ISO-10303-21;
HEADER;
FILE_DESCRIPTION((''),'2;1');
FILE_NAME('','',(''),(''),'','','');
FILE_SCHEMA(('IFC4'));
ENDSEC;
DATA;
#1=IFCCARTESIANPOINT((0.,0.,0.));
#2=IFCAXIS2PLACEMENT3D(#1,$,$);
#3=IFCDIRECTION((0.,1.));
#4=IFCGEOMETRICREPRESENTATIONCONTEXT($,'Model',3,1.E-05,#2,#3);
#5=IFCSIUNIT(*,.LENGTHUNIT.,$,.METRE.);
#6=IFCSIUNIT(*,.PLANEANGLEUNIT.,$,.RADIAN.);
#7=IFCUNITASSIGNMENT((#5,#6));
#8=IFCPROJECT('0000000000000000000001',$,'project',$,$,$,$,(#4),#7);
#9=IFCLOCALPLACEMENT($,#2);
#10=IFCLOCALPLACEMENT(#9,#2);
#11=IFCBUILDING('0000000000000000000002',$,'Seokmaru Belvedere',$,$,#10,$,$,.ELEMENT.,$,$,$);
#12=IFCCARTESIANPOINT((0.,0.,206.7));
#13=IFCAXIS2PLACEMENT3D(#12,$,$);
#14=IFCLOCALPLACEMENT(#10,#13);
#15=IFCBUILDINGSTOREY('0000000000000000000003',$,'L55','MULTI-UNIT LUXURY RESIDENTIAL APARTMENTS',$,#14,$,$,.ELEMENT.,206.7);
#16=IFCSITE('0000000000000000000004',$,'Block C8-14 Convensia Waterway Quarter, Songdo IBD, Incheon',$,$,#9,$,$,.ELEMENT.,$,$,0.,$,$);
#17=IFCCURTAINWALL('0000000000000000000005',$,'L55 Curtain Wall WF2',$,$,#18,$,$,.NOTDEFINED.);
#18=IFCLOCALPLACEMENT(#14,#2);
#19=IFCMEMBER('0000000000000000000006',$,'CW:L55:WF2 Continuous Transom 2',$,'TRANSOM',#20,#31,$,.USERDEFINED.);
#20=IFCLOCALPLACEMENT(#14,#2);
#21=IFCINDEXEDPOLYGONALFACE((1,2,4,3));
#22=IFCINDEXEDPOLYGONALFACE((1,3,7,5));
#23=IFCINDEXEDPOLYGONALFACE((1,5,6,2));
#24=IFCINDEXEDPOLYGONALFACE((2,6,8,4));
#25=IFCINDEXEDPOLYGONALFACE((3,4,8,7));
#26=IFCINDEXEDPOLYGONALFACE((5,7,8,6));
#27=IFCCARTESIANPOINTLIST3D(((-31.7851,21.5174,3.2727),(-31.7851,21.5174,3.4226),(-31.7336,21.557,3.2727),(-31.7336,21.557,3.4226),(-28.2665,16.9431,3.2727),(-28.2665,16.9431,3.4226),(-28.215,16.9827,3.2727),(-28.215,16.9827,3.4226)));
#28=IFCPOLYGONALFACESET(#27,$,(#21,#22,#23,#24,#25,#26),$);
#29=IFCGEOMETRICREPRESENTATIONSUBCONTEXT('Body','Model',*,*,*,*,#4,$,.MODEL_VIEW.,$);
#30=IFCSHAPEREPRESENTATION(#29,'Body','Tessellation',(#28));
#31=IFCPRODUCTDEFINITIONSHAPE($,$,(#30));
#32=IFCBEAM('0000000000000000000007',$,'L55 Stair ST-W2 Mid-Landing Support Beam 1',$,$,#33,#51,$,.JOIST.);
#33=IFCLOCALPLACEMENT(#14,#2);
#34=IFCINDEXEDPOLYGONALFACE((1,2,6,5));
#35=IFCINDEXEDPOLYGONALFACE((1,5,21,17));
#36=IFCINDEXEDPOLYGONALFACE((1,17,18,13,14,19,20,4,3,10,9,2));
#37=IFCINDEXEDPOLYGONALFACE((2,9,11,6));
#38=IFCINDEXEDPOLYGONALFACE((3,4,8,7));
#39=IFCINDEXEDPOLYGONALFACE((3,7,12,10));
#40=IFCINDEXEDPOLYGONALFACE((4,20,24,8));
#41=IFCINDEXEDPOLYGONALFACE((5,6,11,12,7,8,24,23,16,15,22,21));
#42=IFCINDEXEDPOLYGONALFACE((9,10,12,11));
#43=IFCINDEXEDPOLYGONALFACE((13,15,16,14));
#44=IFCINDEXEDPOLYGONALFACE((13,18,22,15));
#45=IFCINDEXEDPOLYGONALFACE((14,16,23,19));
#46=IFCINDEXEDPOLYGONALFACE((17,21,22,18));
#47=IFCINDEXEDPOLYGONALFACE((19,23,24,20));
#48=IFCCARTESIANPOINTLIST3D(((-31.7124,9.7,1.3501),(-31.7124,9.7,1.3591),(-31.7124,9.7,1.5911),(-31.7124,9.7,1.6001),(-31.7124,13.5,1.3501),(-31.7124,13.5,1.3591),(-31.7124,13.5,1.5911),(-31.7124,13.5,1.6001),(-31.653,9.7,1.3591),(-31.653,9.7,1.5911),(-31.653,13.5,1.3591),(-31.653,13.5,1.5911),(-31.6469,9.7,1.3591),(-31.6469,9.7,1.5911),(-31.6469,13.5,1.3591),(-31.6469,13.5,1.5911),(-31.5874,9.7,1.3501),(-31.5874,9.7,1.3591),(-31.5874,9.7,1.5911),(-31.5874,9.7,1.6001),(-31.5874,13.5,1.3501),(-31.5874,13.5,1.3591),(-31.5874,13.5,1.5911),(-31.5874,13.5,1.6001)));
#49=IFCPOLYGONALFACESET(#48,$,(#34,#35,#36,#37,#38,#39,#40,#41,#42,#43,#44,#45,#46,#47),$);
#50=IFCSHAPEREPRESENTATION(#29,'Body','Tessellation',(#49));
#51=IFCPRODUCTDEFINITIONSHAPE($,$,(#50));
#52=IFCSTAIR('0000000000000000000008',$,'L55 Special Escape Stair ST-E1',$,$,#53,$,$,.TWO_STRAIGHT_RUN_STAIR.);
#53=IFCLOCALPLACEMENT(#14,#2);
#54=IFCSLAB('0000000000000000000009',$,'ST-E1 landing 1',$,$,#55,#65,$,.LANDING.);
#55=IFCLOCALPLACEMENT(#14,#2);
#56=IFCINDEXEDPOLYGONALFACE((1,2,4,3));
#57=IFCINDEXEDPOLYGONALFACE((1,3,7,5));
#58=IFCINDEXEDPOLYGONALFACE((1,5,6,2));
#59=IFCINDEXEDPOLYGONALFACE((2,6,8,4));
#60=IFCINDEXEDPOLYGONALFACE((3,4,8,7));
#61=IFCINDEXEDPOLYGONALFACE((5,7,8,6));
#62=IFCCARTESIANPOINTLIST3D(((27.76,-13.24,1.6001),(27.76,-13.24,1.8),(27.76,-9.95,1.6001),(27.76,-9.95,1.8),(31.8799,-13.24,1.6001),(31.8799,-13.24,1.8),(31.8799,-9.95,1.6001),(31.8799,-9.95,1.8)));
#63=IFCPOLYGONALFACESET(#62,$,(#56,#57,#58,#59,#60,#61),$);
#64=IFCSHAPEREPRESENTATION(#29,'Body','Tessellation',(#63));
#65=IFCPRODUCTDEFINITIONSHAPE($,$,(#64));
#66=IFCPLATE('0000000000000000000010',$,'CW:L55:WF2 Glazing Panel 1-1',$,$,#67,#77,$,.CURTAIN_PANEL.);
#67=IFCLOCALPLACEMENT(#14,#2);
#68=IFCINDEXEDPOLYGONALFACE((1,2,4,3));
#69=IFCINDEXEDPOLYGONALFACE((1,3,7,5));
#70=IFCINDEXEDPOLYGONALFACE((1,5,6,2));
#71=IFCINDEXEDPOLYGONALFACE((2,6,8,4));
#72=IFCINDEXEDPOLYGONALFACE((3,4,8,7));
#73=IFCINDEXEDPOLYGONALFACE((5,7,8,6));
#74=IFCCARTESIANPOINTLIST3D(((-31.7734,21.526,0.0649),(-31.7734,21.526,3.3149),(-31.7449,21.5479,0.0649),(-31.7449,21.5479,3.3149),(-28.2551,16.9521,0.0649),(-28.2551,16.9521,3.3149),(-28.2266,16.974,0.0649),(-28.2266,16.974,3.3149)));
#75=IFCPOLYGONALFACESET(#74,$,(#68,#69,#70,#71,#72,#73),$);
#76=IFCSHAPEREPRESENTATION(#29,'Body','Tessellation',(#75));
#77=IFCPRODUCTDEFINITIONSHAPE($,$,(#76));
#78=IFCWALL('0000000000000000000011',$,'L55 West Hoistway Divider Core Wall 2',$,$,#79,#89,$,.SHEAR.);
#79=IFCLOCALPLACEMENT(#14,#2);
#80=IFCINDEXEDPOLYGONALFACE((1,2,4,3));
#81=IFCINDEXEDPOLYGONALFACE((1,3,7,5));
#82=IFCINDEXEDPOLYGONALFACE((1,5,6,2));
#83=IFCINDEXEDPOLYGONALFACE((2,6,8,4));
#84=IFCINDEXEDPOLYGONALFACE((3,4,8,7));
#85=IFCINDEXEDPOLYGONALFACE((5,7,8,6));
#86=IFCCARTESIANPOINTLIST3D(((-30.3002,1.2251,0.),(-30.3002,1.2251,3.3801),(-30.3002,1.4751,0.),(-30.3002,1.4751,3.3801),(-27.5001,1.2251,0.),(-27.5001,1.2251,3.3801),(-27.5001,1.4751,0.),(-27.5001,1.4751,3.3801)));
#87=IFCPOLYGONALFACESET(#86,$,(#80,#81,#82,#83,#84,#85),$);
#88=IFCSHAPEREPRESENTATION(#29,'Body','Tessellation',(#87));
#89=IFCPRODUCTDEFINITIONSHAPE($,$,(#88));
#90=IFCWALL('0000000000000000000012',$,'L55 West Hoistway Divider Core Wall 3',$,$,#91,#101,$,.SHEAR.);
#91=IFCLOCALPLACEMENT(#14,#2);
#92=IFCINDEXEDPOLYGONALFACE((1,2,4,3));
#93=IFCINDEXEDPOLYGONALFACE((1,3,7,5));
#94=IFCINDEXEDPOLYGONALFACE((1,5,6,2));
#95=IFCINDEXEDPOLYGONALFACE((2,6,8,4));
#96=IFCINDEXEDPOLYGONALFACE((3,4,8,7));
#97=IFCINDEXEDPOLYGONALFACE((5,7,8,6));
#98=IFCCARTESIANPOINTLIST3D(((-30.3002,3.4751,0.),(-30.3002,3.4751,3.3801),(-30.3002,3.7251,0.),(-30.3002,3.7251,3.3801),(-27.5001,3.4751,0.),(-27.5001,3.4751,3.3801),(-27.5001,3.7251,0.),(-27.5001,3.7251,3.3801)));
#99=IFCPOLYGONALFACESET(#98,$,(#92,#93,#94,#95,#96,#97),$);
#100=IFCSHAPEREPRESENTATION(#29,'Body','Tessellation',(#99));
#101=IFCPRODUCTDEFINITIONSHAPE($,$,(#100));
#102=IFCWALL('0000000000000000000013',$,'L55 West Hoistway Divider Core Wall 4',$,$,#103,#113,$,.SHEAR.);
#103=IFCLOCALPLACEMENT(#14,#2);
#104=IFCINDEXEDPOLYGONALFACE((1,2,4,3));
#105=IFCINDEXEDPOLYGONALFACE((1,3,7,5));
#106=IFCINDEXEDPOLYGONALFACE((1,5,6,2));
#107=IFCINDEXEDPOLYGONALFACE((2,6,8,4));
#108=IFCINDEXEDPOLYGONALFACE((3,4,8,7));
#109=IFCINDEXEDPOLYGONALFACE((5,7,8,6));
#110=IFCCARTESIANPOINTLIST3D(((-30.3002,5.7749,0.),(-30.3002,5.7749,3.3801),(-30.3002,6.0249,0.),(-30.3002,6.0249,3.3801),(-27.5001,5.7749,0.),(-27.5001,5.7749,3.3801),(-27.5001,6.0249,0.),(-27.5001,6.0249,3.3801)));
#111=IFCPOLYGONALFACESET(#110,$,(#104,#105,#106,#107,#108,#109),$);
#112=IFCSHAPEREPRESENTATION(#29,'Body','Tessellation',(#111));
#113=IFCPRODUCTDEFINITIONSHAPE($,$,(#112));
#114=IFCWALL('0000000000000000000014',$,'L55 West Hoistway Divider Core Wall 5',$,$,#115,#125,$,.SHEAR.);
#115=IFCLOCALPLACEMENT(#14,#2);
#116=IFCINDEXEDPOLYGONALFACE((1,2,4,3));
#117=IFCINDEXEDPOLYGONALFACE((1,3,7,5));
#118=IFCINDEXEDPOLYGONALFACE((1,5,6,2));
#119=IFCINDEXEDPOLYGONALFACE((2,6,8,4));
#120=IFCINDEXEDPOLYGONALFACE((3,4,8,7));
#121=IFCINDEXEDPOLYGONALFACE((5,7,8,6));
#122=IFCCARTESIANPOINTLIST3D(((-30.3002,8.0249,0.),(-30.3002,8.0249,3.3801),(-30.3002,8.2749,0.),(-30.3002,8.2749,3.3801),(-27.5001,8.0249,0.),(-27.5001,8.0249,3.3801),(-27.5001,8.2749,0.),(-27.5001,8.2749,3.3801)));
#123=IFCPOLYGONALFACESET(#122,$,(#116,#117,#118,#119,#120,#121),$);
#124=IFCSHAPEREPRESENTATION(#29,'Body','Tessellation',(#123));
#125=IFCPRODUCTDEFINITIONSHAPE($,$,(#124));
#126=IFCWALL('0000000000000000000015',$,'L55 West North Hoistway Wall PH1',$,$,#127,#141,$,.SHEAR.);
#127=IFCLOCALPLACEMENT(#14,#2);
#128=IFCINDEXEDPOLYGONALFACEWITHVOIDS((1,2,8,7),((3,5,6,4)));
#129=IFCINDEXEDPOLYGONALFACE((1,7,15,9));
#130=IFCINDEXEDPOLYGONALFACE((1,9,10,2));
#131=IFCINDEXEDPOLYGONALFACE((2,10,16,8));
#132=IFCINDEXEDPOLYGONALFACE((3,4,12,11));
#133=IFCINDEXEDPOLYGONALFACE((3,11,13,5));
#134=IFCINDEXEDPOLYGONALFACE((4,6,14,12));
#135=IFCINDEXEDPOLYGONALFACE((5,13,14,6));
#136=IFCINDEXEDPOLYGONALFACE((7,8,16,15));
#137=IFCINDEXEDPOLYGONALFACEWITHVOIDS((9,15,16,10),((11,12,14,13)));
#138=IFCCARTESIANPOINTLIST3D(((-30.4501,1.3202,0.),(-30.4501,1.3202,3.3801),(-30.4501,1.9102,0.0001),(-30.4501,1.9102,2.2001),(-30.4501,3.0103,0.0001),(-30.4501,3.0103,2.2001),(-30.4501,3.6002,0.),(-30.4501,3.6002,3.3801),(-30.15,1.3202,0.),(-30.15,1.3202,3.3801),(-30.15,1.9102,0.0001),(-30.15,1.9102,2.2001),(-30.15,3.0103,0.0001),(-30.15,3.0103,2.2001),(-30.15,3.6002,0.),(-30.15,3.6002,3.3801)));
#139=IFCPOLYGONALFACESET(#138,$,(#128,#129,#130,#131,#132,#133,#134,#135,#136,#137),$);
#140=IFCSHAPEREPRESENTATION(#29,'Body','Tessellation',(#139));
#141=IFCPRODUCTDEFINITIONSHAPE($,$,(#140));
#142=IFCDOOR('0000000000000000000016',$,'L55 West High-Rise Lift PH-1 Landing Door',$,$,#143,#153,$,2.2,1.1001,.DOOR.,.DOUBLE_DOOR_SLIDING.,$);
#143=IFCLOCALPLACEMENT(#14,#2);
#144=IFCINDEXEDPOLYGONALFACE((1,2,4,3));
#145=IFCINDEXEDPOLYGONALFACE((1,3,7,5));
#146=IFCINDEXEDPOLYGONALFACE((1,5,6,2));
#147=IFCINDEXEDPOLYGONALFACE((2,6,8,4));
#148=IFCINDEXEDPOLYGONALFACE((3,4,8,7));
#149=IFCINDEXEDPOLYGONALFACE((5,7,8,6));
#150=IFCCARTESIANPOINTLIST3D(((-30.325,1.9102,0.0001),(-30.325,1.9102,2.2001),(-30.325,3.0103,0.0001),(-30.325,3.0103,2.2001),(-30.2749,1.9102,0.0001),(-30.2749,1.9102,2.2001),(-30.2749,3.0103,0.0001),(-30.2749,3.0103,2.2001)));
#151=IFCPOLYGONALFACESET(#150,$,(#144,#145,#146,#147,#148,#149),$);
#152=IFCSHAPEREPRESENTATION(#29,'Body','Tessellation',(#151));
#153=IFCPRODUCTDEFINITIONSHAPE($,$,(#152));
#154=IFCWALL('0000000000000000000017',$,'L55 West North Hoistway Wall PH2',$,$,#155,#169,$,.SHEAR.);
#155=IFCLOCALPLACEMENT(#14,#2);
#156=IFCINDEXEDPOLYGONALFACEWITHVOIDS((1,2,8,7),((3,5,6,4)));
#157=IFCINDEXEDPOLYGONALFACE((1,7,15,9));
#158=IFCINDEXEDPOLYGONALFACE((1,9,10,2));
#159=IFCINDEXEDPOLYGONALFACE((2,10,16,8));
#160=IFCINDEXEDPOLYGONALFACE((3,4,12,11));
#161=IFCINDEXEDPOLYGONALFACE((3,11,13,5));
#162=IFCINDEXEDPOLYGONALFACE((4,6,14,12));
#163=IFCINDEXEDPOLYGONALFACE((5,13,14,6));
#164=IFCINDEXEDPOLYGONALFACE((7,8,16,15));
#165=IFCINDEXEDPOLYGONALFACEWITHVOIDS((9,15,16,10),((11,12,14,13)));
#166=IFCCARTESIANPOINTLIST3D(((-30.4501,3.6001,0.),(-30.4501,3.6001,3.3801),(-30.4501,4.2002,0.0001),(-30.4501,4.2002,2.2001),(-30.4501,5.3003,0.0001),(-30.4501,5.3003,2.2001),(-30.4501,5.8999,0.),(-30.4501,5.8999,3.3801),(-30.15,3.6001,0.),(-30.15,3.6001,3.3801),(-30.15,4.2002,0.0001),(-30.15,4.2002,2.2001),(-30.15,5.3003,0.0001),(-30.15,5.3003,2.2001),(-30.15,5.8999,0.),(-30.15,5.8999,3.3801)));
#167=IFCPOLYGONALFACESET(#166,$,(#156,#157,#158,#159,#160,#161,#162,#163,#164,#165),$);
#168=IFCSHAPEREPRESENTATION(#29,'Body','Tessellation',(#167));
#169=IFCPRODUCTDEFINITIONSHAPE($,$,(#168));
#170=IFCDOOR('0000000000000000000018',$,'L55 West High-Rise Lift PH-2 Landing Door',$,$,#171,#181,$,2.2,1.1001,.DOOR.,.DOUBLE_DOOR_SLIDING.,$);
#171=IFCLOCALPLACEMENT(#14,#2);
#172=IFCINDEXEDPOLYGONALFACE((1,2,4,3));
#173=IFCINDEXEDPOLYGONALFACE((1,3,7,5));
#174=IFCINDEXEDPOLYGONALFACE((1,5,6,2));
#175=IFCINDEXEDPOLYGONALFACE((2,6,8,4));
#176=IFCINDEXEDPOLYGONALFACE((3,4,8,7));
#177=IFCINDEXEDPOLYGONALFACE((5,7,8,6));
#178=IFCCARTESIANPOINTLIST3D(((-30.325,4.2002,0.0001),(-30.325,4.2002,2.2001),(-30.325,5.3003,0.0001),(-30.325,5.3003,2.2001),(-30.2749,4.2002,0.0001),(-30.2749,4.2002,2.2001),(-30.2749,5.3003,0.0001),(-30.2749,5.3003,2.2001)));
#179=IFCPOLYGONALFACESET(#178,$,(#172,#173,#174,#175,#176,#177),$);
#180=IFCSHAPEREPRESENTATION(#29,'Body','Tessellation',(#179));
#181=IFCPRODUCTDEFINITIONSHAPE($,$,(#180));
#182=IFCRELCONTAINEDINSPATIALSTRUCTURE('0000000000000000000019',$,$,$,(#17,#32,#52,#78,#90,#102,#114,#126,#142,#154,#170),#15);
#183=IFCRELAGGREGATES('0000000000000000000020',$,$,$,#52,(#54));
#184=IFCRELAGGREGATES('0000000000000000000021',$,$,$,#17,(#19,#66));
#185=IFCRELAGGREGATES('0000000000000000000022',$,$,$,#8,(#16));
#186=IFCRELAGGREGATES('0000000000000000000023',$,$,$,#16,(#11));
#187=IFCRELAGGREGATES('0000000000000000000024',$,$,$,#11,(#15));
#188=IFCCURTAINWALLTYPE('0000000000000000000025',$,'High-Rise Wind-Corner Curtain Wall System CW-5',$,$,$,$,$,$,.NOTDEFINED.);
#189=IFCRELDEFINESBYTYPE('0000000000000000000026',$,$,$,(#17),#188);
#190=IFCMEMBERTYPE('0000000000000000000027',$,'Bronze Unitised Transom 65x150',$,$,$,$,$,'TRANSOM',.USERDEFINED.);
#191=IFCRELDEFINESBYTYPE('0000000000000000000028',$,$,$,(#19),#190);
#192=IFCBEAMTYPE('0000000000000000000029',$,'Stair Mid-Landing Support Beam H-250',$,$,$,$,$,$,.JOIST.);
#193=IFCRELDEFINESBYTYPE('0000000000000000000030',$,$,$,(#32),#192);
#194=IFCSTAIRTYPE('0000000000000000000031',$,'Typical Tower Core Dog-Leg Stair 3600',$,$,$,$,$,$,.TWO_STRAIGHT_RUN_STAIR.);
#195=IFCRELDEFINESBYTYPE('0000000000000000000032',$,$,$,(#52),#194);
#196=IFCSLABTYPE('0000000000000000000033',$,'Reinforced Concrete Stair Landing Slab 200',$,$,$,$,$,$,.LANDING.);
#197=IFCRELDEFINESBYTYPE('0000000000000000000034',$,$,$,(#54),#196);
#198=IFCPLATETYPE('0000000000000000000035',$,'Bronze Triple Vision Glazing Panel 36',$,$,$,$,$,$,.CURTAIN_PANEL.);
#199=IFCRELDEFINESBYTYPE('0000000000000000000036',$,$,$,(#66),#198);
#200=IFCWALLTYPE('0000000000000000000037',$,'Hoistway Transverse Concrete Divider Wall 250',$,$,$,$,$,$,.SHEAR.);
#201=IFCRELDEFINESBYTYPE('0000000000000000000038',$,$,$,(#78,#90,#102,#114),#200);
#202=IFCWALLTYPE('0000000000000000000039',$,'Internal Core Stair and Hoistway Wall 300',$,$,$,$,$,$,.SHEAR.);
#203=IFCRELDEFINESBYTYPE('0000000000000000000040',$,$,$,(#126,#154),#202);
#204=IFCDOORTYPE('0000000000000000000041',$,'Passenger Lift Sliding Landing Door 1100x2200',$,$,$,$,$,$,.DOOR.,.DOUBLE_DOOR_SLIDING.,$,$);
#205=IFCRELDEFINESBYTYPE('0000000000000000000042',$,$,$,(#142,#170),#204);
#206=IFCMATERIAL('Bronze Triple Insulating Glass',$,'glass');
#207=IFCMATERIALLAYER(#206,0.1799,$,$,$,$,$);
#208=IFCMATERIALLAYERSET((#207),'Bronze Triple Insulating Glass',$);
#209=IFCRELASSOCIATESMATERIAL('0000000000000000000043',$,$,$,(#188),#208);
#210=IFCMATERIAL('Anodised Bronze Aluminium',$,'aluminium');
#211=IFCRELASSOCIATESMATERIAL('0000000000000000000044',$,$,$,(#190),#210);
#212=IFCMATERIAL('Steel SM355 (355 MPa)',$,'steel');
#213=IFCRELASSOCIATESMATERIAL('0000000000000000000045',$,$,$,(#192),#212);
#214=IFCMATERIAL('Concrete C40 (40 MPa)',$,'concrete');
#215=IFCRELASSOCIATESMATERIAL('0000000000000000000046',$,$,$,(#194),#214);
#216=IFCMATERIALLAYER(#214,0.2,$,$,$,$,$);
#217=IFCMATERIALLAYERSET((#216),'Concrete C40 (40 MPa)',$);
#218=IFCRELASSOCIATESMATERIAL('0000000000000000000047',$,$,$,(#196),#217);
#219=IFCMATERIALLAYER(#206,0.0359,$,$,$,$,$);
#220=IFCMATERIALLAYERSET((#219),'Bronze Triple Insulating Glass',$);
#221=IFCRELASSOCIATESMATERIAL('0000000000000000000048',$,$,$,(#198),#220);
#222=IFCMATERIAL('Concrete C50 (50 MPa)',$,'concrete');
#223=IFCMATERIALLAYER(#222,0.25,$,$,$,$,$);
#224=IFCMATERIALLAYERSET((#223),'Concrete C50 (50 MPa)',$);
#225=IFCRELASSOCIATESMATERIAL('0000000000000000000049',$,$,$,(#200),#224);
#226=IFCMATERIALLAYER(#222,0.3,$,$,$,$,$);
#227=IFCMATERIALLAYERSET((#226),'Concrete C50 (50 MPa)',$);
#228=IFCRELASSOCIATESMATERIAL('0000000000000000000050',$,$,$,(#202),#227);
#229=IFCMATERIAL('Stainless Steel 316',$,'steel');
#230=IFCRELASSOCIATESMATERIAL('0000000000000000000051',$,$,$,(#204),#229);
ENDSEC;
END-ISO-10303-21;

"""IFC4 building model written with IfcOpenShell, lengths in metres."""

from ifc_helpers import new_model, si_unit, direction, frame, frame_2d, origin, origin_2d, place, context, subcontext, project, spatial, polyline, rectangle, i_section, outline, extrude, source, transform, mapped, material, layer, layer_set, material_profile, profile_set, type_object, type_shapes, element, fill, aggregate, save


model = new_model("IFC4")

# Units and contexts
model_context = context("Model", 3, precision=1e-05, world=origin(), true_north=direction((0.0, 1.0)))
body_context = subcontext(model_context, "Body", "Model", "MODEL_VIEW")
ifc_project = project(units=[si_unit("LENGTHUNIT", "METRE"), si_unit("PLANEANGLEUNIT", "RADIAN")], contexts=[model_context])

# Site, building, storey
site_placement = place(None, origin())
site = spatial("IfcSite", under=ifc_project, at=site_placement, Name="Block C8-14 Convensia Waterway Quarter, Songdo IBD, Incheon", CompositionType="ELEMENT", RefElevation=0.0)
building_placement = place(site_placement, origin())
building = spatial("IfcBuilding", under=site, at=building_placement, Name="Seokmaru Belvedere", CompositionType="ELEMENT")
storey_placement = place(building_placement, frame((0.0, 0.0, 206.7)))
storey = spatial("IfcBuildingStorey", under=building, at=storey_placement, Name="L55", Description="MULTI-UNIT LUXURY RESIDENTIAL APARTMENTS", CompositionType="ELEMENT", Elevation=206.7)

# Shared definitions
ifc_material_1 = material(Name="Steel SM355 (355 MPa)", Category="steel")

# Curtain wall, member
ifc_material_2 = material(Name="Bronze Triple Insulating Glass", Category="glass")
ifc_layer_1 = layer(ifc_material_2, 0.1799)
ifc_layer_set_1 = layer_set([ifc_layer_1], Name="Bronze Triple Insulating Glass")
curtain_wall_type = type_object("IfcCurtainWallType", Name="High-Rise Wind-Corner Curtain Wall System CW-5", PredefinedType="NOTDEFINED", material=ifc_layer_set_1)
curtain_wall_placement = place(storey_placement, origin())
curtain_wall = element("IfcCurtainWall", 1, at=curtain_wall_placement, inside=storey, type_object=curtain_wall_type, Name="L55 Curtain Wall WF2", PredefinedType="NOTDEFINED")
ifc_material_3 = material(Name="Anodised Bronze Aluminium", Category="aluminium")
ifc_material_profile_1 = material_profile(ifc_material_3, rectangle(XDim=0.0649, YDim=0.1499, at=origin_2d()), Name="CW-T-65x150")
ifc_profile_set_1 = profile_set([ifc_material_profile_1], Name="Anodised Bronze Aluminium")
member_type_1 = type_object("IfcMemberType", Name="Bronze Unitised Transom 65x150", ElementType="TRANSOM", PredefinedType="USERDEFINED", material=ifc_profile_set_1)
shared_shape_1 = source(origin(), body_context, "Body", "SweptSolid", [
    extrude(rectangle(XDim=0.0649, YDim=0.1499, at=origin_2d()), origin(), (0.0, 0.0, 1.0), 5.771),
])
type_shapes(member_type_1, [shared_shape_1])
member_1_placement = place(storey_placement, frame((-28.2407, 16.9629, 3.3477), z_axis=(-0.609703, 0.79263, 0.0), x_axis=(-0.79263, -0.609703, 0.0)))
member_1 = element("IfcMember", 2, at=member_1_placement, type_object=member_type_1, Name="CW:L55:WF2 Continuous Transom 2", ObjectType="TRANSOM", PredefinedType="USERDEFINED", context=body_context, shape_type="MappedRepresentation", body=[
    mapped(shared_shape_1, transform((0.0, 0.0, 0.0), scale=1.0)),
])

# Beam
ifc_material_profile_2 = material_profile(ifc_material_1, i_section(OverallWidth=0.125, OverallDepth=0.25, WebThickness=0.0061, FlangeThickness=0.009, at=origin_2d()), Name="H-250x125x6x9")
ifc_profile_set_2 = profile_set([ifc_material_profile_2], Name="Steel SM355 (355 MPa)")
beam_type_1 = type_object("IfcBeamType", Name="Stair Mid-Landing Support Beam H-250", PredefinedType="JOIST", material=ifc_profile_set_2)
shared_shape_2 = source(origin(), body_context, "Body", "SweptSolid", [
    extrude(i_section(OverallWidth=0.125, OverallDepth=0.25, WebThickness=0.0061, FlangeThickness=0.009, at=origin_2d()), origin(), (0.0, 0.0, 1.0), 3.8),
])
type_shapes(beam_type_1, [shared_shape_2])
beam_1_placement = place(storey_placement, frame((-31.6499, 9.7, 1.4751), z_axis=(0.0, 1.0, 0.0), x_axis=(-1.0, 0.0, 0.0)))
element("IfcBeam", 3, at=beam_1_placement, inside=storey, type_object=beam_type_1, Name="L55 Stair ST-W2 Mid-Landing Support Beam 1", PredefinedType="JOIST", context=body_context, shape_type="MappedRepresentation", body=[
    mapped(shared_shape_2, transform((0.0, 0.0, 0.0), scale=1.0)),
])

# Stair, slab
ifc_material_4 = material(Name="Concrete C40 (40 MPa)", Category="concrete")
stair_type = type_object("IfcStairType", Name="Typical Tower Core Dog-Leg Stair 3600", PredefinedType="TWO_STRAIGHT_RUN_STAIR", material=ifc_material_4)
stair_placement = place(storey_placement, origin())
stair = element("IfcStair", 4, at=stair_placement, inside=storey, type_object=stair_type, Name="L55 Special Escape Stair ST-E1", PredefinedType="TWO_STRAIGHT_RUN_STAIR")
ifc_layer_2 = layer(ifc_material_4, 0.2)
ifc_layer_set_2 = layer_set([ifc_layer_2], Name="Concrete C40 (40 MPa)")
slab_type = type_object("IfcSlabType", Name="Reinforced Concrete Stair Landing Slab 200", PredefinedType="LANDING", material=ifc_layer_set_2)
slab_placement = place(storey_placement, frame((0.0, 0.0, 1.6001)))
slab = element("IfcSlab", 5, at=slab_placement, type_object=slab_type, Name="ST-E1 landing 1", PredefinedType="LANDING", context=body_context, shape_type="SweptSolid", body=[
    extrude(outline(polyline([(27.76, -13.24), (31.8799, -13.24), (31.8799, -9.95), (27.76, -9.95), (27.76, -13.24)])), origin(), (0.0, 0.0, 1.0), 0.2),
])
aggregate(stair, [slab])

# Plate
ifc_layer_3 = layer(ifc_material_2, 0.0359)
ifc_layer_set_3 = layer_set([ifc_layer_3], Name="Bronze Triple Insulating Glass")
plate_type = type_object("IfcPlateType", Name="Bronze Triple Vision Glazing Panel 36", PredefinedType="CURTAIN_PANEL", material=ifc_layer_set_3)
shared_shape_3 = source(origin(), body_context, "Body", "SweptSolid", [
    extrude(rectangle(XDim=5.7705, YDim=0.0359, at=origin_2d()), origin(), (0.0, 0.0, 1.0), 3.25),
])
type_shapes(plate_type, [shared_shape_3])
plate_placement = place(storey_placement, frame((-30.0, 19.25, 0.0649), z_axis=(0.0, 0.0, 1.0), x_axis=(-0.609701, 0.792631, 0.0)))
plate = element("IfcPlate", 6, at=plate_placement, type_object=plate_type, Name="CW:L55:WF2 Glazing Panel 1-1", PredefinedType="CURTAIN_PANEL", context=body_context, shape_type="MappedRepresentation", body=[
    mapped(shared_shape_3, transform((0.0, 0.0, 0.0), scale=1.0)),
])
aggregate(curtain_wall, [member_1, plate])

# Walls
ifc_material_5 = material(Name="Concrete C50 (50 MPa)", Category="concrete")
ifc_layer_4 = layer(ifc_material_5, 0.25)
ifc_layer_set_4 = layer_set([ifc_layer_4], Name="Concrete C50 (50 MPa)")
wall_type_1 = type_object("IfcWallType", Name="Hoistway Transverse Concrete Divider Wall 250", PredefinedType="SHEAR", material=ifc_layer_set_4)
for number, where, z_axis, x_axis, name in (
    (7, (-30.3, 1.3501, 0.0), (0.0, 0.0, 1.0), (1.0, 0.0, 0.0), "L55 West Hoistway Divider Core Wall 2"),
    (8, (-30.3, 3.6001, 0.0), (0.0, 0.0, 1.0), (1.0, 0.0, 0.0), "L55 West Hoistway Divider Core Wall 3"),
    (9, (-30.3, 5.8999, 0.0), (0.0, 0.0, 1.0), (1.0, 0.0, 0.0), "L55 West Hoistway Divider Core Wall 4"),
    (10, (-30.3, 8.1499, 0.0), (0.0, 0.0, 1.0), (1.0, 0.0, 0.0), "L55 West Hoistway Divider Core Wall 5"),
):
    element("IfcWall", number, at=place(storey_placement, frame(where, z_axis=z_axis, x_axis=x_axis)), inside=storey, type_object=wall_type_1, Name=name, PredefinedType="SHEAR", context=body_context, shape_type="SweptSolid", body=[
        extrude(rectangle(XDim=2.8, YDim=0.25, at=frame_2d((1.3999, 0.0))), origin(), (0.0, 0.0, 1.0), 3.3801),
    ])

# Walls, openings, doors
ifc_layer_5 = layer(ifc_material_5, 0.3)
ifc_layer_set_5 = layer_set([ifc_layer_5], Name="Concrete C50 (50 MPa)")
wall_type_2 = type_object("IfcWallType", Name="Internal Core Stair and Hoistway Wall 300", PredefinedType="SHEAR", material=ifc_layer_set_5)
wall_1_placement = place(storey_placement, frame((-30.3, 1.3201, 0.0), z_axis=(0.0, 0.0, 1.0), x_axis=(0.0, 1.0, 0.0)))
wall_1 = element("IfcWall", 11, at=wall_1_placement, inside=storey, type_object=wall_type_2, Name="L55 West North Hoistway Wall PH1", PredefinedType="SHEAR", context=body_context, shape_type="SweptSolid", body=[
    extrude(rectangle(XDim=2.28, YDim=0.3, at=frame_2d((1.1401, 0.0))), origin(), (0.0, 0.0, 1.0), 3.3801),
])
opening_1_placement = place(wall_1_placement, frame((0.5901, 0.0, 0.0)))
opening_1 = element("IfcOpeningElement", 12, at=opening_1_placement, cuts=wall_1, PredefinedType="OPENING", context=body_context, shape_type="SweptSolid", body=[
    extrude(rectangle(XDim=1.1001, YDim=2.2, at=frame_2d((0.55, 1.1001))), frame((0.0, 0.1602, 0.0), z_axis=(0.0, -1.0, 0.0), x_axis=(1.0, 0.0, 0.0)), (0.0, 0.0, 1.0), 0.3201),
])
ifc_material_6 = material(Name="Stainless Steel 316", Category="steel")
door_type_1 = type_object("IfcDoorType", Name="Passenger Lift Sliding Landing Door 1100x2200", OperationType="DOUBLE_DOOR_SLIDING", PredefinedType="DOOR", material=ifc_material_6)
shared_shape_4 = source(origin(), body_context, "Body", "SweptSolid", [
    extrude(rectangle(XDim=1.1001, YDim=2.2, at=frame_2d((0.55, 1.1001))), frame((0.0, 0.0249, 0.0), z_axis=(0.0, -1.0, 0.0), x_axis=(1.0, 0.0, 0.0)), (0.0, 0.0, 1.0), 0.05),
])
type_shapes(door_type_1, [shared_shape_4])
door_1_placement = place(opening_1_placement, origin())
door_1 = element("IfcDoor", 13, at=door_1_placement, inside=storey, type_object=door_type_1, Name="L55 West High-Rise Lift PH-1 Landing Door", OperationType="DOUBLE_DOOR_SLIDING", OverallHeight=2.2, OverallWidth=1.1001, PredefinedType="DOOR", context=body_context, shape_type="MappedRepresentation", body=[
    mapped(shared_shape_4, transform((0.0, 0.0, 0.0), scale=1.0)),
])
fill(opening_1, door_1)
wall_2_placement = place(storey_placement, frame((-30.3, 3.6001, 0.0), z_axis=(0.0, 0.0, 1.0), x_axis=(0.0, 1.0, 0.0)))
wall_2 = element("IfcWall", 14, at=wall_2_placement, inside=storey, type_object=wall_type_2, Name="L55 West North Hoistway Wall PH2", PredefinedType="SHEAR", context=body_context, shape_type="SweptSolid", body=[
    extrude(rectangle(XDim=2.2998, YDim=0.3, at=frame_2d((1.1499, 0.0))), origin(), (0.0, 0.0, 1.0), 3.3801),
])
opening_2_placement = place(wall_2_placement, frame((0.6001, 0.0, 0.0)))
opening_2 = element("IfcOpeningElement", 15, at=opening_2_placement, cuts=wall_2, PredefinedType="OPENING", context=body_context, shape_type="SweptSolid", body=[
    extrude(rectangle(XDim=1.1001, YDim=2.2, at=frame_2d((0.55, 1.1001))), frame((0.0, 0.1602, 0.0), z_axis=(0.0, -1.0, 0.0), x_axis=(1.0, 0.0, 0.0)), (0.0, 0.0, 1.0), 0.3201),
])
door_2_placement = place(opening_2_placement, origin())
door_2 = element("IfcDoor", 16, at=door_2_placement, inside=storey, type_object=door_type_1, Name="L55 West High-Rise Lift PH-2 Landing Door", OperationType="DOUBLE_DOOR_SLIDING", OverallHeight=2.2, OverallWidth=1.1001, PredefinedType="DOOR", context=body_context, shape_type="MappedRepresentation", body=[
    mapped(shared_shape_4, transform((0.0, 0.0, 0.0), scale=1.0)),
])
fill(opening_2, door_2)

save(model, "model.ifc")
